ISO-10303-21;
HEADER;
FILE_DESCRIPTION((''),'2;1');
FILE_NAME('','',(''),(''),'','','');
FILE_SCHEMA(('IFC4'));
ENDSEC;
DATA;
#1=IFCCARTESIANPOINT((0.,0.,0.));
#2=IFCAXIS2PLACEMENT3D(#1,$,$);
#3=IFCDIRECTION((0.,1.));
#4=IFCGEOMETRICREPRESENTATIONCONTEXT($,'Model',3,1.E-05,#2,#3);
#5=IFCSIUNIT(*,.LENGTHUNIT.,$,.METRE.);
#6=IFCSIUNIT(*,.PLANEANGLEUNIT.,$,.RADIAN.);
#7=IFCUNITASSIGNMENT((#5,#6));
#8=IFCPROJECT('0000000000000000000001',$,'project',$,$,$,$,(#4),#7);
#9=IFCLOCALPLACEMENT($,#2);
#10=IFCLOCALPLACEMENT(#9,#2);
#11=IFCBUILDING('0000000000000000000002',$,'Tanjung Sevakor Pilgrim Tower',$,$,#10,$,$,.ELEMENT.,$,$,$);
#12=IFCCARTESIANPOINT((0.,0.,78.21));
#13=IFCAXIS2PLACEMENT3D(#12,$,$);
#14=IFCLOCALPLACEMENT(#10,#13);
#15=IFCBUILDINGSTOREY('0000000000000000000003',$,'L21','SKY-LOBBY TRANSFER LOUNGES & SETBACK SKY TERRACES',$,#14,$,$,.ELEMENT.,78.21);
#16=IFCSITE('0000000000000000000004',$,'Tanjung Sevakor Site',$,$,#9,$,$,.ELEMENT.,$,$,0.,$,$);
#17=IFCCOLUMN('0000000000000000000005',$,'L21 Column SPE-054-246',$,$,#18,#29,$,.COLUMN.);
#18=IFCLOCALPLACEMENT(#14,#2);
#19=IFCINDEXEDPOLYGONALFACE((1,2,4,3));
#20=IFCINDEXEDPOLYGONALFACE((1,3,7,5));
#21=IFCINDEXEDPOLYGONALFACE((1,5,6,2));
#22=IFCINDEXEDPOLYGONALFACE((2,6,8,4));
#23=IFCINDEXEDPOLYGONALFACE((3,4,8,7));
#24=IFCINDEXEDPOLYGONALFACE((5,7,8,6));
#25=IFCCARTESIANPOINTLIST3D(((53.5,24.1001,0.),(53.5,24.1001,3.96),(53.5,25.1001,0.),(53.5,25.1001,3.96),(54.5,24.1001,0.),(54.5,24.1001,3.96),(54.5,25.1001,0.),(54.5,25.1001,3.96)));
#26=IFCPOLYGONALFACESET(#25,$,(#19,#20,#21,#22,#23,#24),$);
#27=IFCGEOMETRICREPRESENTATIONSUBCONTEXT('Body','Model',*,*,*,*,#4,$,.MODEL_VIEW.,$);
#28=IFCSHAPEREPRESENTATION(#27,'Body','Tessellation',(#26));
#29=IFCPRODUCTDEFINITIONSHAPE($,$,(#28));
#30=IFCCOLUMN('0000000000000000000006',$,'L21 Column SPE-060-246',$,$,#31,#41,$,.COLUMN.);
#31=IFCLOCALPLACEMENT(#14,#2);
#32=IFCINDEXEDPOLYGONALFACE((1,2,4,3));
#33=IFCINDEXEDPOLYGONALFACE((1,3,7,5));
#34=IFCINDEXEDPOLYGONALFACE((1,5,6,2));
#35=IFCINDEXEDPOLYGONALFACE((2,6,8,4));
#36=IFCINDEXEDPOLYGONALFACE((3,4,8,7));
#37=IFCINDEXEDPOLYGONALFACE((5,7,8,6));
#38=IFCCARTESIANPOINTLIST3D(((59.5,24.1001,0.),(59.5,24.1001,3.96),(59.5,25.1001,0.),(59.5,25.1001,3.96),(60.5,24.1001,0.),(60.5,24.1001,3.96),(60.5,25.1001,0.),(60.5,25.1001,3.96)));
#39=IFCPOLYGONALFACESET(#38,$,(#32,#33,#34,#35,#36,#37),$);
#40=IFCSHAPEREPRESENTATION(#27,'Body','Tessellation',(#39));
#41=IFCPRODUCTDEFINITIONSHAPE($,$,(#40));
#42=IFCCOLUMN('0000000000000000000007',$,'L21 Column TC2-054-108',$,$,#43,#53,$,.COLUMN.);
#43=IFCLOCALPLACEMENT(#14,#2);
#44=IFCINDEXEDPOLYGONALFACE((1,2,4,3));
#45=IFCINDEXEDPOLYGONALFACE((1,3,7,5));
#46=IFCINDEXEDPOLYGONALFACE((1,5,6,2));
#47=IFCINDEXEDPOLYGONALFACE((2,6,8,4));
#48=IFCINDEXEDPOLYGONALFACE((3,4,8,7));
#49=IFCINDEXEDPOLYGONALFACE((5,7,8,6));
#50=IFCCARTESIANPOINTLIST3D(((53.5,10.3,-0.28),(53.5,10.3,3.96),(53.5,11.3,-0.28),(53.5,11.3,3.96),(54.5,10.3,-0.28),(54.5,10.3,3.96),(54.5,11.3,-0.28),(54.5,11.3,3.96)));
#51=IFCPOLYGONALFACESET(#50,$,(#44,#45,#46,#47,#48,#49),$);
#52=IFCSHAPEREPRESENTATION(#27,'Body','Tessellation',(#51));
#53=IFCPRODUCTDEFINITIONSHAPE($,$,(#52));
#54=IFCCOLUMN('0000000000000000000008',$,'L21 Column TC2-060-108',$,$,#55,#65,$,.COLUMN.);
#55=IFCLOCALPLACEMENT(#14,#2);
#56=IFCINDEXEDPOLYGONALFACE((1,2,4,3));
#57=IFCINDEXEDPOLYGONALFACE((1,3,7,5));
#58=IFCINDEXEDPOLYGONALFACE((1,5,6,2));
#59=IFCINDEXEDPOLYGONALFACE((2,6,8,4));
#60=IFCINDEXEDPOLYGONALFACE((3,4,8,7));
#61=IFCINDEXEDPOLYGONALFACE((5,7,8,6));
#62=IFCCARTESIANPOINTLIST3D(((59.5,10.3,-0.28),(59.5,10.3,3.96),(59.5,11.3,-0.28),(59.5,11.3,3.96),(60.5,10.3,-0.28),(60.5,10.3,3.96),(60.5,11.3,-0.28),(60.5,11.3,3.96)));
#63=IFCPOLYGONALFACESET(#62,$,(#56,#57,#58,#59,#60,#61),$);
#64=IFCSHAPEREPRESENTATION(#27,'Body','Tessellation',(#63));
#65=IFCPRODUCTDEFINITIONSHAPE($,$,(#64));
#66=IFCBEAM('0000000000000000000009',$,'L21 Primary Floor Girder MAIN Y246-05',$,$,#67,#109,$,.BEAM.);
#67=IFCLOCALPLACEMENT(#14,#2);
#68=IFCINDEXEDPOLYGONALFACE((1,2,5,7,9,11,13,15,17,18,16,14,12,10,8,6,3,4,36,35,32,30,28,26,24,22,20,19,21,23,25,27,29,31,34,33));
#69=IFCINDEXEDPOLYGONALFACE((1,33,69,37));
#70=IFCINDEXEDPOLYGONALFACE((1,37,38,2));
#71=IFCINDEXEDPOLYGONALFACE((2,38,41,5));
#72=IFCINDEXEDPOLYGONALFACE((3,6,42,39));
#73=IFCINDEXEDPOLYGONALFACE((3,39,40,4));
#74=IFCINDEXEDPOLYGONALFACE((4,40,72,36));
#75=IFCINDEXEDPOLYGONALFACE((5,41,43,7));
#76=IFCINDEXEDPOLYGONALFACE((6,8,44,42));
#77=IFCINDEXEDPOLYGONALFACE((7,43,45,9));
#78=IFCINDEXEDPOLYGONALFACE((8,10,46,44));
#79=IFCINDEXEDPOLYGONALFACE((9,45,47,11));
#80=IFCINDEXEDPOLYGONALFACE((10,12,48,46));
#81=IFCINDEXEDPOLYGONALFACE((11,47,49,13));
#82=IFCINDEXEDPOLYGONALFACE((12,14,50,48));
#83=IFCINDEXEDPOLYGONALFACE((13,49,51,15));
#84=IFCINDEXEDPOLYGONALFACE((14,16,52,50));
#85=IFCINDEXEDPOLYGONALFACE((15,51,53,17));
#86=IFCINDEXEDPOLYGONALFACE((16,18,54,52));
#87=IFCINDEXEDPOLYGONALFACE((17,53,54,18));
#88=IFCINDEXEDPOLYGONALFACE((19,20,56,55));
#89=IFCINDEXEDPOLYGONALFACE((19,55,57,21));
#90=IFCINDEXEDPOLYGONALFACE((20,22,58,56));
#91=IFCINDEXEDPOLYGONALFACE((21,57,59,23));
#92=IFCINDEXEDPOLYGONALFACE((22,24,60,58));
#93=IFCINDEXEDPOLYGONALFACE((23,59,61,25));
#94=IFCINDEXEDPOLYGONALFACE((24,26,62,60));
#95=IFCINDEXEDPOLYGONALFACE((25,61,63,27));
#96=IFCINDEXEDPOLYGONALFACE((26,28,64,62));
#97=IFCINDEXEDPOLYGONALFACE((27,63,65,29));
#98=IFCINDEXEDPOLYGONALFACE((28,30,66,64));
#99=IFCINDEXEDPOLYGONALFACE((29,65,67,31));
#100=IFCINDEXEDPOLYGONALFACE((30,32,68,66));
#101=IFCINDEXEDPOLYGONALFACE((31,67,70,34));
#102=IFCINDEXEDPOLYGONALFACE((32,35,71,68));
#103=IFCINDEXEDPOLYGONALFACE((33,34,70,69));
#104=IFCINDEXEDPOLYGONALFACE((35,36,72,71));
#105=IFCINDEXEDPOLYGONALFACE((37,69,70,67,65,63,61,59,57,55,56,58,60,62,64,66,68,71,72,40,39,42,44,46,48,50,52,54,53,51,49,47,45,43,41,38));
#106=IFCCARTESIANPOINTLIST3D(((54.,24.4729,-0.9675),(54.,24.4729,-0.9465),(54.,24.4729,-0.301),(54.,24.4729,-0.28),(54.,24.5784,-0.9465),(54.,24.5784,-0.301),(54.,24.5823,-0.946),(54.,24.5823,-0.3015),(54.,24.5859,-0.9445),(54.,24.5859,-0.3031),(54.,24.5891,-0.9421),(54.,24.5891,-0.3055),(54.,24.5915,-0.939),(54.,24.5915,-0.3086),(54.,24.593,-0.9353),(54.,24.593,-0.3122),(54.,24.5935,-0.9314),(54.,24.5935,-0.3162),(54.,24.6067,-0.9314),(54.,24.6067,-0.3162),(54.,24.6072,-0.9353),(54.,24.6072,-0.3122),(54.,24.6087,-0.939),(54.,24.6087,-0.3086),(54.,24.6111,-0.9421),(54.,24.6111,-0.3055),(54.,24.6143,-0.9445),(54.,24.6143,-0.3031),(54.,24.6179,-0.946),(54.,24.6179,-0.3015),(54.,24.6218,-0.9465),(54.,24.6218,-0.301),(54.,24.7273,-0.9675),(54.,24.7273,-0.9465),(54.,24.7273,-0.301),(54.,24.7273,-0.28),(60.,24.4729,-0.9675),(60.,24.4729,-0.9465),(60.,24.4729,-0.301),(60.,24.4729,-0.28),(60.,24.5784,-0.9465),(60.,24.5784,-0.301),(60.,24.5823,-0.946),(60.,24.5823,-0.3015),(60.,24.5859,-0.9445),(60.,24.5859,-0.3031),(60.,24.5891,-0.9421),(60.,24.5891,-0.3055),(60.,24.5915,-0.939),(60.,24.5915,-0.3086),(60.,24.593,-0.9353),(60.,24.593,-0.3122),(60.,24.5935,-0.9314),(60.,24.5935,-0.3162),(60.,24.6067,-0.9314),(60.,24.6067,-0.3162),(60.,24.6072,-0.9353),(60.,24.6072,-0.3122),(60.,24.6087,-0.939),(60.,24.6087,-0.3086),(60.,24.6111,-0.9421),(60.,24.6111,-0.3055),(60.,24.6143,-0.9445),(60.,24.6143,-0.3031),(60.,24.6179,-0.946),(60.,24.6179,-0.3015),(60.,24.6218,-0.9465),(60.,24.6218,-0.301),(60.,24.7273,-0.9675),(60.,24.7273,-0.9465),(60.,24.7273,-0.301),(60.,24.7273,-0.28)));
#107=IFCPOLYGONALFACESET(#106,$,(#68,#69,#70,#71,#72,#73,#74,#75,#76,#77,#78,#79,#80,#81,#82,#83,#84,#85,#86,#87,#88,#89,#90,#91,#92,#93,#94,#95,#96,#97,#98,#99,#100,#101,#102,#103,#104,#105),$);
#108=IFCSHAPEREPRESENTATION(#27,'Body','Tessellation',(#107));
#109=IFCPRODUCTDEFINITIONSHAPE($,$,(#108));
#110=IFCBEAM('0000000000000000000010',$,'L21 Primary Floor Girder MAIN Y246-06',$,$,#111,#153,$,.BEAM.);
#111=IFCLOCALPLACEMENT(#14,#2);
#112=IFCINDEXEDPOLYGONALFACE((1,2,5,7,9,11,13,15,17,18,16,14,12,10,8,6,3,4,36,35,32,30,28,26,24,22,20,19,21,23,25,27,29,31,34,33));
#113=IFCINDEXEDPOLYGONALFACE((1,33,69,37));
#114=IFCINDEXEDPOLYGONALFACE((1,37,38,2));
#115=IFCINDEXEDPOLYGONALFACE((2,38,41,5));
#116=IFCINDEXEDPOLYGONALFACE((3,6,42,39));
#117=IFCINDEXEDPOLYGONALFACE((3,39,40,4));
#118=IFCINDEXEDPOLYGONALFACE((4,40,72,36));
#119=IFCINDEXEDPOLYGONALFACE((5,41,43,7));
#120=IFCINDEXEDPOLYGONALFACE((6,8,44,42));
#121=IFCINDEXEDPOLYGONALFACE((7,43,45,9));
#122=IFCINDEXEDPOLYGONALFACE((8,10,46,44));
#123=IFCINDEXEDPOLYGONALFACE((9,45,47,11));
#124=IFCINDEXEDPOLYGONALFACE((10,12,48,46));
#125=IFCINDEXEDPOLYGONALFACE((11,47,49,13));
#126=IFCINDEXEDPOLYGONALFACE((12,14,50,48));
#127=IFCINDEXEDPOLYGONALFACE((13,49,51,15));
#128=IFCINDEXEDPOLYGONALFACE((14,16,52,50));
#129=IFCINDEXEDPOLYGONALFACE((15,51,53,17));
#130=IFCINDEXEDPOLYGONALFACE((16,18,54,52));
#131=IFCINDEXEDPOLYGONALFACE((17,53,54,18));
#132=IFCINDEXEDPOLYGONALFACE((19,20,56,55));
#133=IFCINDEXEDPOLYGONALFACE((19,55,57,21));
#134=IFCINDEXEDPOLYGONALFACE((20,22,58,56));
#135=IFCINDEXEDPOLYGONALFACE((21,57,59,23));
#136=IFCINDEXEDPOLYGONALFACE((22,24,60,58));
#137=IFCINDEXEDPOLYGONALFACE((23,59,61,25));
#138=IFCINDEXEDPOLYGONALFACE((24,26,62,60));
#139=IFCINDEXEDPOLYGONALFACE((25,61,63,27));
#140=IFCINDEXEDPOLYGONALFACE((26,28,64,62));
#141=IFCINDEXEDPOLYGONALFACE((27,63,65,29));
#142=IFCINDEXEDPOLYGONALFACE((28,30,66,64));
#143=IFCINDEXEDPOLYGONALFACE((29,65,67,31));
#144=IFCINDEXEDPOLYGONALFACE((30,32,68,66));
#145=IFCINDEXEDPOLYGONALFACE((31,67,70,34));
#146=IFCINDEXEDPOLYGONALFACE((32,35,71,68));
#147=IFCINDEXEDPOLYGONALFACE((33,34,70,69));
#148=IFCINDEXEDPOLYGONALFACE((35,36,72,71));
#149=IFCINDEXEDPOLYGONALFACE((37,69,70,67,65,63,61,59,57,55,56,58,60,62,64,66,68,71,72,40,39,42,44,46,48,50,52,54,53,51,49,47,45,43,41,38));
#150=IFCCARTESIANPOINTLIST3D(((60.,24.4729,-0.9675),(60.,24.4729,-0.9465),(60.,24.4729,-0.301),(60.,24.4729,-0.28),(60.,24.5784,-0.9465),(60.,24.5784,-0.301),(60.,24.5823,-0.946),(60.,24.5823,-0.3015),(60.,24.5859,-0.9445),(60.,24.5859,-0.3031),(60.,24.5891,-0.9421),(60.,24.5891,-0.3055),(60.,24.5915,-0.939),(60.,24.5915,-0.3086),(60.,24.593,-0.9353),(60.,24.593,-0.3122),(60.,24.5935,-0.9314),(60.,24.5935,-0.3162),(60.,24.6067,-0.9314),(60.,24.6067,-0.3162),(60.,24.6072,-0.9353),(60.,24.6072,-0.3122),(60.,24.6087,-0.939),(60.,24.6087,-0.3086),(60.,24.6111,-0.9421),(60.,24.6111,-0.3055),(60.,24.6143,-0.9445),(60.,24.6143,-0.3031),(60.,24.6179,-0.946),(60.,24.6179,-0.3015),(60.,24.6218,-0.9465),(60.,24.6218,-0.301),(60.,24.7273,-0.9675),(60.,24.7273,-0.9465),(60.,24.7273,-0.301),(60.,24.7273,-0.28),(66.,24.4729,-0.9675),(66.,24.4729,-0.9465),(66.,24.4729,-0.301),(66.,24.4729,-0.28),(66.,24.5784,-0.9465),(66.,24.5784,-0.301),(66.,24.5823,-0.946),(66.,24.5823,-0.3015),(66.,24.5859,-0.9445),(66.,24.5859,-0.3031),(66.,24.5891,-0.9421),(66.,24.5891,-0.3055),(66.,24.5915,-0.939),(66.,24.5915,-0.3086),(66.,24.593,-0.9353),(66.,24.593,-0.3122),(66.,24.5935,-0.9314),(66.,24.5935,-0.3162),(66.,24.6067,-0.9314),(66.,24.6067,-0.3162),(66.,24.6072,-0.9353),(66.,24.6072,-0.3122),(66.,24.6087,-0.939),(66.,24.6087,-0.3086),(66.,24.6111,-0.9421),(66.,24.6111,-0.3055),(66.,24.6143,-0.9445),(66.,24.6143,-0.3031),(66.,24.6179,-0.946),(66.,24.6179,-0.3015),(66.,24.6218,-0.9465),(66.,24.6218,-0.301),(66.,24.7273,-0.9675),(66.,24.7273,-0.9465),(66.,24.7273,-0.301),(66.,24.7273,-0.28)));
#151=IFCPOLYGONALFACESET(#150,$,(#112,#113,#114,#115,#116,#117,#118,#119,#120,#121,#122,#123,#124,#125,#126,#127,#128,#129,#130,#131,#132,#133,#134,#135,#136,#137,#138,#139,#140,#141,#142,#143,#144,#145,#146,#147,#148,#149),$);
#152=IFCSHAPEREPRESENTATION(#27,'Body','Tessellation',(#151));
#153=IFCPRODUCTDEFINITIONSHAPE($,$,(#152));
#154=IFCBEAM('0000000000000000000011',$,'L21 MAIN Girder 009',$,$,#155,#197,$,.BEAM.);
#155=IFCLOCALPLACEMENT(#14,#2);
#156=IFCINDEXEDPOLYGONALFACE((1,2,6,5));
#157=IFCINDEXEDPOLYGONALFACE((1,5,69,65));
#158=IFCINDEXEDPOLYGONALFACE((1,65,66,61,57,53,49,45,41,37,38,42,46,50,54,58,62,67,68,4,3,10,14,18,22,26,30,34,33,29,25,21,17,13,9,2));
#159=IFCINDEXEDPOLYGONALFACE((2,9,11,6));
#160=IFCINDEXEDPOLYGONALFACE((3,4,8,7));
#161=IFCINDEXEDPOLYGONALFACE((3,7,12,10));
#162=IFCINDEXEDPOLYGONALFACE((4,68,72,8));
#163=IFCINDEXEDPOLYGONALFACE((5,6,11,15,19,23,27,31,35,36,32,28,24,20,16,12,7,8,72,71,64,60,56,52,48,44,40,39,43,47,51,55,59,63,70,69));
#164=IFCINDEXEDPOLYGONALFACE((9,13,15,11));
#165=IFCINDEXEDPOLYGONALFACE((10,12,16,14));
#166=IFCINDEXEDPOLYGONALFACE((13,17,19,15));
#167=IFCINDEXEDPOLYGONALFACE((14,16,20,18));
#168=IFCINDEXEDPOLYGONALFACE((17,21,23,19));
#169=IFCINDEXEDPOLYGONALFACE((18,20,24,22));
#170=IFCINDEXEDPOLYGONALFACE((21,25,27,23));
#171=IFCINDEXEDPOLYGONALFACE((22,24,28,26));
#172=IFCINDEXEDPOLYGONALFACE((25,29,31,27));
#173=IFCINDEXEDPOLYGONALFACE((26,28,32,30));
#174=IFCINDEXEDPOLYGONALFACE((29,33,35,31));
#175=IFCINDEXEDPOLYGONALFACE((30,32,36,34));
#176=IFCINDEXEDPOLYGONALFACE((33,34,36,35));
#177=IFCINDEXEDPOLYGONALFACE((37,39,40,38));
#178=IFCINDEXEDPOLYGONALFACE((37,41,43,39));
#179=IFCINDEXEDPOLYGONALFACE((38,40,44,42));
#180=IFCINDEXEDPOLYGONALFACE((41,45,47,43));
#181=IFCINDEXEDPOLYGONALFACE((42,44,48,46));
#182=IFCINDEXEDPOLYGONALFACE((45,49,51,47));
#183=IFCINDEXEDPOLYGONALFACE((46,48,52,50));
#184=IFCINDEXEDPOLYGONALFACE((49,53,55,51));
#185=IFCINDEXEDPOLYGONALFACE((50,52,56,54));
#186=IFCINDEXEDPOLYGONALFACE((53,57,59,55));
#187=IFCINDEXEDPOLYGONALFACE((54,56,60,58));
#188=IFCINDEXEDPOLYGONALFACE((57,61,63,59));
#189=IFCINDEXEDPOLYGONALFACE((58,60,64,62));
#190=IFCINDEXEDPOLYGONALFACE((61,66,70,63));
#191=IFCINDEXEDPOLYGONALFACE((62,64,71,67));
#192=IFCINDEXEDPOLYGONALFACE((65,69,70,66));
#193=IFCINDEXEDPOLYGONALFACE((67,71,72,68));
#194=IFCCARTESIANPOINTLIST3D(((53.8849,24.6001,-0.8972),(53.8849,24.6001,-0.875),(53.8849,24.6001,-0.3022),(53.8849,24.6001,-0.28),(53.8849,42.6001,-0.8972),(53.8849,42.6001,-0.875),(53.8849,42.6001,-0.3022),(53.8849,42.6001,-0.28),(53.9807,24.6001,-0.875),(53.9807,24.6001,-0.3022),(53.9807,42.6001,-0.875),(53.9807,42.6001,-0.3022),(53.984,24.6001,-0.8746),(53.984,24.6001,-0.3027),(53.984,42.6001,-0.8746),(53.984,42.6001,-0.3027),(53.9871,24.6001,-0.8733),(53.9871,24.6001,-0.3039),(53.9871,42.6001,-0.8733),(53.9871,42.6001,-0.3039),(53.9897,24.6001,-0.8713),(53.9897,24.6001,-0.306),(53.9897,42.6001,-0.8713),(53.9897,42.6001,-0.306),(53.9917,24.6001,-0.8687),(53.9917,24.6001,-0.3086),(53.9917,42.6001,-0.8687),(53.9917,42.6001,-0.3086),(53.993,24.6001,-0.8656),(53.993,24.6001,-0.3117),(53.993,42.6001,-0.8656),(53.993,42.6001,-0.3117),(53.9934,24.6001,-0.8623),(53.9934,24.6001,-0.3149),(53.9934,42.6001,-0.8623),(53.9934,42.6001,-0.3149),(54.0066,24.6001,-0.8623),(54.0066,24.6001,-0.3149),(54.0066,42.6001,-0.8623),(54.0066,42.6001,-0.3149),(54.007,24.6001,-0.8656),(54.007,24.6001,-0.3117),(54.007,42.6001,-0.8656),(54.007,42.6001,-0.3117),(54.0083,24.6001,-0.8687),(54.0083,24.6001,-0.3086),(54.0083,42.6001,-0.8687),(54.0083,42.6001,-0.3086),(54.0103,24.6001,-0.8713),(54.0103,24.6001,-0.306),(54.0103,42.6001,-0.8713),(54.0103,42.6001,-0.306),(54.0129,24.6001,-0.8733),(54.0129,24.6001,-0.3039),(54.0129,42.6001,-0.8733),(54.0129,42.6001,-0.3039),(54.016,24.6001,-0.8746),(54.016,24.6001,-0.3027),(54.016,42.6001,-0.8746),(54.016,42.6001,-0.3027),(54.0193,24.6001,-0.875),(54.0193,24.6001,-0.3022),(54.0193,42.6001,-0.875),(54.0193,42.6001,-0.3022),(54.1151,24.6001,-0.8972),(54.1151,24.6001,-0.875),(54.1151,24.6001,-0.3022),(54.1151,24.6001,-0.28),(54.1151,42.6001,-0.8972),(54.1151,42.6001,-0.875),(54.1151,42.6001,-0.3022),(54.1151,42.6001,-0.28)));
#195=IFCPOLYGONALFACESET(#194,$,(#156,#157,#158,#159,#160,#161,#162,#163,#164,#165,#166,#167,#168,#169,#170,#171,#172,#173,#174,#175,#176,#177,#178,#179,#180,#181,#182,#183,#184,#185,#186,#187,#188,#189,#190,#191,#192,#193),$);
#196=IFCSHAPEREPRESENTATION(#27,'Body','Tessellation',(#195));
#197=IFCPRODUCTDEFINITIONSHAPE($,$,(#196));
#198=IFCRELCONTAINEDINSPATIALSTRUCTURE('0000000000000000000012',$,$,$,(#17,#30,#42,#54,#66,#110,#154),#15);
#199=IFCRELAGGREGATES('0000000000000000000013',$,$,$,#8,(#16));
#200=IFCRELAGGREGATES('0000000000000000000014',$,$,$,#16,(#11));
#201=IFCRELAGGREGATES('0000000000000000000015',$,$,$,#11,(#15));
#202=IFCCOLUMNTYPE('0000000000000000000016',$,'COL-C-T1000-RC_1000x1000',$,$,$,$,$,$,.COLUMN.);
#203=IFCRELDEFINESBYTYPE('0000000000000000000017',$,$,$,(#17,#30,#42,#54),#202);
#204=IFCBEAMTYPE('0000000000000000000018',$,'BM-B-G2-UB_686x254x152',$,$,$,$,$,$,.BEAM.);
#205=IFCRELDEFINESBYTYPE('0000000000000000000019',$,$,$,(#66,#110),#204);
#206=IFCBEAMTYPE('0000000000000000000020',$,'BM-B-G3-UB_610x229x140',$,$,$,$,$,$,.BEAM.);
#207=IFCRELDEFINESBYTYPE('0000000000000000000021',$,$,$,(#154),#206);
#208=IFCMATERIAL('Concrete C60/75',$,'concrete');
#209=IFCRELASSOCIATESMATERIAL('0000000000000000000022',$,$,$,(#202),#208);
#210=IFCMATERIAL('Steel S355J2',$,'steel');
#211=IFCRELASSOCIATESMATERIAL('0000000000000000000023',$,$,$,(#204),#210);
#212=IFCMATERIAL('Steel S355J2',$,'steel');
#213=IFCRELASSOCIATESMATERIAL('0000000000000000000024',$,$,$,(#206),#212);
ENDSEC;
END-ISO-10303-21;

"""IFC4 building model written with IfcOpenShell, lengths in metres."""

from ifc_helpers import new_model, si_unit, direction, frame, origin, origin_2d, place, context, subcontext, project, spatial, rectangle, i_section, extrude, material, material_profile, profile_set, type_object, element, save


model = new_model("IFC4")

# Units and contexts
model_context = context("Model", 3, precision=1e-05, world=origin(), true_north=direction((0.0, 1.0)))
body_context = subcontext(model_context, "Body", "Model", "MODEL_VIEW")
ifc_project = project(units=[si_unit("LENGTHUNIT", "METRE"), si_unit("PLANEANGLEUNIT", "RADIAN")], contexts=[model_context])

# Site, building, storey
site_placement = place(None, origin())
site = spatial("IfcSite", under=ifc_project, at=site_placement, Name="Tanjung Sevakor Site", CompositionType="ELEMENT", RefElevation=0.0)
building_placement = place(site_placement, origin())
building = spatial("IfcBuilding", under=site, at=building_placement, Name="Tanjung Sevakor Pilgrim Tower", CompositionType="ELEMENT")
storey_placement = place(building_placement, frame((0.0, 0.0, 78.21)))
storey = spatial("IfcBuildingStorey", under=building, at=storey_placement, Name="L21", Description="SKY-LOBBY TRANSFER LOUNGES & SETBACK SKY TERRACES", CompositionType="ELEMENT", Elevation=78.21)

# Columns
ifc_material_1 = material(Name="Concrete C60/75", Category="concrete")
ifc_material_profile_1 = material_profile(ifc_material_1, rectangle(XDim=1.0, YDim=1.0, at=origin_2d()))
ifc_profile_set_1 = profile_set([ifc_material_profile_1], Name="Concrete C60/75")
column_type = type_object("IfcColumnType", Name="COL-C-T1000-RC_1000x1000", PredefinedType="COLUMN", material=ifc_profile_set_1)
for number, where, z_axis, x_axis, name in (
    (1, (54.0, 24.6001, 0.0), (0.0, 0.0, 1.0), (1.0, 0.0, 0.0), "L21 Column SPE-054-246"),
    (2, (60.0, 24.6001, 0.0), (0.0, 0.0, 1.0), (1.0, 0.0, 0.0), "L21 Column SPE-060-246"),
):
    element("IfcColumn", number, at=place(storey_placement, frame(where, z_axis=z_axis, x_axis=x_axis)), inside=storey, type_object=column_type, Name=name, PredefinedType="COLUMN", context=body_context, shape_type="SweptSolid", body=[
        extrude(rectangle(XDim=1.0, YDim=1.0, at=origin_2d()), origin(), (0.0, 0.0, 1.0), 3.96),
    ])
for number, where, z_axis, x_axis, name in (
    (3, (54.0, 10.8, -0.28), (0.0, 0.0, 1.0), (1.0, 0.0, 0.0), "L21 Column TC2-054-108"),
    (4, (60.0, 10.8, -0.28), (0.0, 0.0, 1.0), (1.0, 0.0, 0.0), "L21 Column TC2-060-108"),
):
    element("IfcColumn", number, at=place(storey_placement, frame(where, z_axis=z_axis, x_axis=x_axis)), inside=storey, type_object=column_type, Name=name, PredefinedType="COLUMN", context=body_context, shape_type="SweptSolid", body=[
        extrude(rectangle(XDim=1.0, YDim=1.0, at=origin_2d()), origin(), (0.0, 0.0, 1.0), 4.24),
    ])

# Beams
ifc_material_2 = material(Name="Steel S355J2", Category="steel")
ifc_material_profile_2 = material_profile(ifc_material_2, i_section(OverallWidth=0.2544, OverallDepth=0.6875, WebThickness=0.0132, FlangeThickness=0.021, FilletRadius=0.0151, at=origin_2d()))
ifc_profile_set_2 = profile_set([ifc_material_profile_2], Name="Steel S355J2")
beam_type_1 = type_object("IfcBeamType", Name="BM-B-G2-UB_686x254x152", PredefinedType="BEAM", material=ifc_profile_set_2)
for number, where, z_axis, x_axis, name in (
    (5, (54.0, 24.6001, -0.6238), (1.0, 0.0, 0.0), (0.0, 1.0, 0.0), "L21 Primary Floor Girder MAIN Y246-05"),
    (6, (60.0, 24.6001, -0.6238), (1.0, 0.0, 0.0), (0.0, 1.0, 0.0), "L21 Primary Floor Girder MAIN Y246-06"),
):
    element("IfcBeam", number, at=place(storey_placement, frame(where, z_axis=z_axis, x_axis=x_axis)), inside=storey, type_object=beam_type_1, Name=name, PredefinedType="BEAM", context=body_context, shape_type="SweptSolid", body=[
        extrude(i_section(OverallWidth=0.2544, OverallDepth=0.6875, WebThickness=0.0132, FlangeThickness=0.021, FilletRadius=0.0151, at=origin_2d()), origin(), (0.0, 0.0, 1.0), 6.0),
    ])
ifc_material_3 = material(Name="Steel S355J2", Category="steel")
ifc_material_profile_3 = material_profile(ifc_material_3, i_section(OverallWidth=0.2302, OverallDepth=0.6172, WebThickness=0.0132, FlangeThickness=0.0222, FilletRadius=0.0127, at=origin_2d()))
ifc_profile_set_3 = profile_set([ifc_material_profile_3], Name="Steel S355J2")
beam_type_2 = type_object("IfcBeamType", Name="BM-B-G3-UB_610x229x140", PredefinedType="BEAM", material=ifc_profile_set_3)
for number, where, z_axis, x_axis, name in (
    (7, (54.0, 24.6001, -0.5886), (0.0, 1.0, 0.0), (-1.0, 0.0, 0.0), "L21 MAIN Girder 009"),
):
    element("IfcBeam", number, at=place(storey_placement, frame(where, z_axis=z_axis, x_axis=x_axis)), inside=storey, type_object=beam_type_2, Name=name, PredefinedType="BEAM", context=body_context, shape_type="SweptSolid", body=[
        extrude(i_section(OverallWidth=0.2302, OverallDepth=0.6172, WebThickness=0.0132, FlangeThickness=0.0222, FilletRadius=0.0127, at=origin_2d()), origin(), (0.0, 0.0, 1.0), 18.0),
    ])

save(model, "model.ifc")
